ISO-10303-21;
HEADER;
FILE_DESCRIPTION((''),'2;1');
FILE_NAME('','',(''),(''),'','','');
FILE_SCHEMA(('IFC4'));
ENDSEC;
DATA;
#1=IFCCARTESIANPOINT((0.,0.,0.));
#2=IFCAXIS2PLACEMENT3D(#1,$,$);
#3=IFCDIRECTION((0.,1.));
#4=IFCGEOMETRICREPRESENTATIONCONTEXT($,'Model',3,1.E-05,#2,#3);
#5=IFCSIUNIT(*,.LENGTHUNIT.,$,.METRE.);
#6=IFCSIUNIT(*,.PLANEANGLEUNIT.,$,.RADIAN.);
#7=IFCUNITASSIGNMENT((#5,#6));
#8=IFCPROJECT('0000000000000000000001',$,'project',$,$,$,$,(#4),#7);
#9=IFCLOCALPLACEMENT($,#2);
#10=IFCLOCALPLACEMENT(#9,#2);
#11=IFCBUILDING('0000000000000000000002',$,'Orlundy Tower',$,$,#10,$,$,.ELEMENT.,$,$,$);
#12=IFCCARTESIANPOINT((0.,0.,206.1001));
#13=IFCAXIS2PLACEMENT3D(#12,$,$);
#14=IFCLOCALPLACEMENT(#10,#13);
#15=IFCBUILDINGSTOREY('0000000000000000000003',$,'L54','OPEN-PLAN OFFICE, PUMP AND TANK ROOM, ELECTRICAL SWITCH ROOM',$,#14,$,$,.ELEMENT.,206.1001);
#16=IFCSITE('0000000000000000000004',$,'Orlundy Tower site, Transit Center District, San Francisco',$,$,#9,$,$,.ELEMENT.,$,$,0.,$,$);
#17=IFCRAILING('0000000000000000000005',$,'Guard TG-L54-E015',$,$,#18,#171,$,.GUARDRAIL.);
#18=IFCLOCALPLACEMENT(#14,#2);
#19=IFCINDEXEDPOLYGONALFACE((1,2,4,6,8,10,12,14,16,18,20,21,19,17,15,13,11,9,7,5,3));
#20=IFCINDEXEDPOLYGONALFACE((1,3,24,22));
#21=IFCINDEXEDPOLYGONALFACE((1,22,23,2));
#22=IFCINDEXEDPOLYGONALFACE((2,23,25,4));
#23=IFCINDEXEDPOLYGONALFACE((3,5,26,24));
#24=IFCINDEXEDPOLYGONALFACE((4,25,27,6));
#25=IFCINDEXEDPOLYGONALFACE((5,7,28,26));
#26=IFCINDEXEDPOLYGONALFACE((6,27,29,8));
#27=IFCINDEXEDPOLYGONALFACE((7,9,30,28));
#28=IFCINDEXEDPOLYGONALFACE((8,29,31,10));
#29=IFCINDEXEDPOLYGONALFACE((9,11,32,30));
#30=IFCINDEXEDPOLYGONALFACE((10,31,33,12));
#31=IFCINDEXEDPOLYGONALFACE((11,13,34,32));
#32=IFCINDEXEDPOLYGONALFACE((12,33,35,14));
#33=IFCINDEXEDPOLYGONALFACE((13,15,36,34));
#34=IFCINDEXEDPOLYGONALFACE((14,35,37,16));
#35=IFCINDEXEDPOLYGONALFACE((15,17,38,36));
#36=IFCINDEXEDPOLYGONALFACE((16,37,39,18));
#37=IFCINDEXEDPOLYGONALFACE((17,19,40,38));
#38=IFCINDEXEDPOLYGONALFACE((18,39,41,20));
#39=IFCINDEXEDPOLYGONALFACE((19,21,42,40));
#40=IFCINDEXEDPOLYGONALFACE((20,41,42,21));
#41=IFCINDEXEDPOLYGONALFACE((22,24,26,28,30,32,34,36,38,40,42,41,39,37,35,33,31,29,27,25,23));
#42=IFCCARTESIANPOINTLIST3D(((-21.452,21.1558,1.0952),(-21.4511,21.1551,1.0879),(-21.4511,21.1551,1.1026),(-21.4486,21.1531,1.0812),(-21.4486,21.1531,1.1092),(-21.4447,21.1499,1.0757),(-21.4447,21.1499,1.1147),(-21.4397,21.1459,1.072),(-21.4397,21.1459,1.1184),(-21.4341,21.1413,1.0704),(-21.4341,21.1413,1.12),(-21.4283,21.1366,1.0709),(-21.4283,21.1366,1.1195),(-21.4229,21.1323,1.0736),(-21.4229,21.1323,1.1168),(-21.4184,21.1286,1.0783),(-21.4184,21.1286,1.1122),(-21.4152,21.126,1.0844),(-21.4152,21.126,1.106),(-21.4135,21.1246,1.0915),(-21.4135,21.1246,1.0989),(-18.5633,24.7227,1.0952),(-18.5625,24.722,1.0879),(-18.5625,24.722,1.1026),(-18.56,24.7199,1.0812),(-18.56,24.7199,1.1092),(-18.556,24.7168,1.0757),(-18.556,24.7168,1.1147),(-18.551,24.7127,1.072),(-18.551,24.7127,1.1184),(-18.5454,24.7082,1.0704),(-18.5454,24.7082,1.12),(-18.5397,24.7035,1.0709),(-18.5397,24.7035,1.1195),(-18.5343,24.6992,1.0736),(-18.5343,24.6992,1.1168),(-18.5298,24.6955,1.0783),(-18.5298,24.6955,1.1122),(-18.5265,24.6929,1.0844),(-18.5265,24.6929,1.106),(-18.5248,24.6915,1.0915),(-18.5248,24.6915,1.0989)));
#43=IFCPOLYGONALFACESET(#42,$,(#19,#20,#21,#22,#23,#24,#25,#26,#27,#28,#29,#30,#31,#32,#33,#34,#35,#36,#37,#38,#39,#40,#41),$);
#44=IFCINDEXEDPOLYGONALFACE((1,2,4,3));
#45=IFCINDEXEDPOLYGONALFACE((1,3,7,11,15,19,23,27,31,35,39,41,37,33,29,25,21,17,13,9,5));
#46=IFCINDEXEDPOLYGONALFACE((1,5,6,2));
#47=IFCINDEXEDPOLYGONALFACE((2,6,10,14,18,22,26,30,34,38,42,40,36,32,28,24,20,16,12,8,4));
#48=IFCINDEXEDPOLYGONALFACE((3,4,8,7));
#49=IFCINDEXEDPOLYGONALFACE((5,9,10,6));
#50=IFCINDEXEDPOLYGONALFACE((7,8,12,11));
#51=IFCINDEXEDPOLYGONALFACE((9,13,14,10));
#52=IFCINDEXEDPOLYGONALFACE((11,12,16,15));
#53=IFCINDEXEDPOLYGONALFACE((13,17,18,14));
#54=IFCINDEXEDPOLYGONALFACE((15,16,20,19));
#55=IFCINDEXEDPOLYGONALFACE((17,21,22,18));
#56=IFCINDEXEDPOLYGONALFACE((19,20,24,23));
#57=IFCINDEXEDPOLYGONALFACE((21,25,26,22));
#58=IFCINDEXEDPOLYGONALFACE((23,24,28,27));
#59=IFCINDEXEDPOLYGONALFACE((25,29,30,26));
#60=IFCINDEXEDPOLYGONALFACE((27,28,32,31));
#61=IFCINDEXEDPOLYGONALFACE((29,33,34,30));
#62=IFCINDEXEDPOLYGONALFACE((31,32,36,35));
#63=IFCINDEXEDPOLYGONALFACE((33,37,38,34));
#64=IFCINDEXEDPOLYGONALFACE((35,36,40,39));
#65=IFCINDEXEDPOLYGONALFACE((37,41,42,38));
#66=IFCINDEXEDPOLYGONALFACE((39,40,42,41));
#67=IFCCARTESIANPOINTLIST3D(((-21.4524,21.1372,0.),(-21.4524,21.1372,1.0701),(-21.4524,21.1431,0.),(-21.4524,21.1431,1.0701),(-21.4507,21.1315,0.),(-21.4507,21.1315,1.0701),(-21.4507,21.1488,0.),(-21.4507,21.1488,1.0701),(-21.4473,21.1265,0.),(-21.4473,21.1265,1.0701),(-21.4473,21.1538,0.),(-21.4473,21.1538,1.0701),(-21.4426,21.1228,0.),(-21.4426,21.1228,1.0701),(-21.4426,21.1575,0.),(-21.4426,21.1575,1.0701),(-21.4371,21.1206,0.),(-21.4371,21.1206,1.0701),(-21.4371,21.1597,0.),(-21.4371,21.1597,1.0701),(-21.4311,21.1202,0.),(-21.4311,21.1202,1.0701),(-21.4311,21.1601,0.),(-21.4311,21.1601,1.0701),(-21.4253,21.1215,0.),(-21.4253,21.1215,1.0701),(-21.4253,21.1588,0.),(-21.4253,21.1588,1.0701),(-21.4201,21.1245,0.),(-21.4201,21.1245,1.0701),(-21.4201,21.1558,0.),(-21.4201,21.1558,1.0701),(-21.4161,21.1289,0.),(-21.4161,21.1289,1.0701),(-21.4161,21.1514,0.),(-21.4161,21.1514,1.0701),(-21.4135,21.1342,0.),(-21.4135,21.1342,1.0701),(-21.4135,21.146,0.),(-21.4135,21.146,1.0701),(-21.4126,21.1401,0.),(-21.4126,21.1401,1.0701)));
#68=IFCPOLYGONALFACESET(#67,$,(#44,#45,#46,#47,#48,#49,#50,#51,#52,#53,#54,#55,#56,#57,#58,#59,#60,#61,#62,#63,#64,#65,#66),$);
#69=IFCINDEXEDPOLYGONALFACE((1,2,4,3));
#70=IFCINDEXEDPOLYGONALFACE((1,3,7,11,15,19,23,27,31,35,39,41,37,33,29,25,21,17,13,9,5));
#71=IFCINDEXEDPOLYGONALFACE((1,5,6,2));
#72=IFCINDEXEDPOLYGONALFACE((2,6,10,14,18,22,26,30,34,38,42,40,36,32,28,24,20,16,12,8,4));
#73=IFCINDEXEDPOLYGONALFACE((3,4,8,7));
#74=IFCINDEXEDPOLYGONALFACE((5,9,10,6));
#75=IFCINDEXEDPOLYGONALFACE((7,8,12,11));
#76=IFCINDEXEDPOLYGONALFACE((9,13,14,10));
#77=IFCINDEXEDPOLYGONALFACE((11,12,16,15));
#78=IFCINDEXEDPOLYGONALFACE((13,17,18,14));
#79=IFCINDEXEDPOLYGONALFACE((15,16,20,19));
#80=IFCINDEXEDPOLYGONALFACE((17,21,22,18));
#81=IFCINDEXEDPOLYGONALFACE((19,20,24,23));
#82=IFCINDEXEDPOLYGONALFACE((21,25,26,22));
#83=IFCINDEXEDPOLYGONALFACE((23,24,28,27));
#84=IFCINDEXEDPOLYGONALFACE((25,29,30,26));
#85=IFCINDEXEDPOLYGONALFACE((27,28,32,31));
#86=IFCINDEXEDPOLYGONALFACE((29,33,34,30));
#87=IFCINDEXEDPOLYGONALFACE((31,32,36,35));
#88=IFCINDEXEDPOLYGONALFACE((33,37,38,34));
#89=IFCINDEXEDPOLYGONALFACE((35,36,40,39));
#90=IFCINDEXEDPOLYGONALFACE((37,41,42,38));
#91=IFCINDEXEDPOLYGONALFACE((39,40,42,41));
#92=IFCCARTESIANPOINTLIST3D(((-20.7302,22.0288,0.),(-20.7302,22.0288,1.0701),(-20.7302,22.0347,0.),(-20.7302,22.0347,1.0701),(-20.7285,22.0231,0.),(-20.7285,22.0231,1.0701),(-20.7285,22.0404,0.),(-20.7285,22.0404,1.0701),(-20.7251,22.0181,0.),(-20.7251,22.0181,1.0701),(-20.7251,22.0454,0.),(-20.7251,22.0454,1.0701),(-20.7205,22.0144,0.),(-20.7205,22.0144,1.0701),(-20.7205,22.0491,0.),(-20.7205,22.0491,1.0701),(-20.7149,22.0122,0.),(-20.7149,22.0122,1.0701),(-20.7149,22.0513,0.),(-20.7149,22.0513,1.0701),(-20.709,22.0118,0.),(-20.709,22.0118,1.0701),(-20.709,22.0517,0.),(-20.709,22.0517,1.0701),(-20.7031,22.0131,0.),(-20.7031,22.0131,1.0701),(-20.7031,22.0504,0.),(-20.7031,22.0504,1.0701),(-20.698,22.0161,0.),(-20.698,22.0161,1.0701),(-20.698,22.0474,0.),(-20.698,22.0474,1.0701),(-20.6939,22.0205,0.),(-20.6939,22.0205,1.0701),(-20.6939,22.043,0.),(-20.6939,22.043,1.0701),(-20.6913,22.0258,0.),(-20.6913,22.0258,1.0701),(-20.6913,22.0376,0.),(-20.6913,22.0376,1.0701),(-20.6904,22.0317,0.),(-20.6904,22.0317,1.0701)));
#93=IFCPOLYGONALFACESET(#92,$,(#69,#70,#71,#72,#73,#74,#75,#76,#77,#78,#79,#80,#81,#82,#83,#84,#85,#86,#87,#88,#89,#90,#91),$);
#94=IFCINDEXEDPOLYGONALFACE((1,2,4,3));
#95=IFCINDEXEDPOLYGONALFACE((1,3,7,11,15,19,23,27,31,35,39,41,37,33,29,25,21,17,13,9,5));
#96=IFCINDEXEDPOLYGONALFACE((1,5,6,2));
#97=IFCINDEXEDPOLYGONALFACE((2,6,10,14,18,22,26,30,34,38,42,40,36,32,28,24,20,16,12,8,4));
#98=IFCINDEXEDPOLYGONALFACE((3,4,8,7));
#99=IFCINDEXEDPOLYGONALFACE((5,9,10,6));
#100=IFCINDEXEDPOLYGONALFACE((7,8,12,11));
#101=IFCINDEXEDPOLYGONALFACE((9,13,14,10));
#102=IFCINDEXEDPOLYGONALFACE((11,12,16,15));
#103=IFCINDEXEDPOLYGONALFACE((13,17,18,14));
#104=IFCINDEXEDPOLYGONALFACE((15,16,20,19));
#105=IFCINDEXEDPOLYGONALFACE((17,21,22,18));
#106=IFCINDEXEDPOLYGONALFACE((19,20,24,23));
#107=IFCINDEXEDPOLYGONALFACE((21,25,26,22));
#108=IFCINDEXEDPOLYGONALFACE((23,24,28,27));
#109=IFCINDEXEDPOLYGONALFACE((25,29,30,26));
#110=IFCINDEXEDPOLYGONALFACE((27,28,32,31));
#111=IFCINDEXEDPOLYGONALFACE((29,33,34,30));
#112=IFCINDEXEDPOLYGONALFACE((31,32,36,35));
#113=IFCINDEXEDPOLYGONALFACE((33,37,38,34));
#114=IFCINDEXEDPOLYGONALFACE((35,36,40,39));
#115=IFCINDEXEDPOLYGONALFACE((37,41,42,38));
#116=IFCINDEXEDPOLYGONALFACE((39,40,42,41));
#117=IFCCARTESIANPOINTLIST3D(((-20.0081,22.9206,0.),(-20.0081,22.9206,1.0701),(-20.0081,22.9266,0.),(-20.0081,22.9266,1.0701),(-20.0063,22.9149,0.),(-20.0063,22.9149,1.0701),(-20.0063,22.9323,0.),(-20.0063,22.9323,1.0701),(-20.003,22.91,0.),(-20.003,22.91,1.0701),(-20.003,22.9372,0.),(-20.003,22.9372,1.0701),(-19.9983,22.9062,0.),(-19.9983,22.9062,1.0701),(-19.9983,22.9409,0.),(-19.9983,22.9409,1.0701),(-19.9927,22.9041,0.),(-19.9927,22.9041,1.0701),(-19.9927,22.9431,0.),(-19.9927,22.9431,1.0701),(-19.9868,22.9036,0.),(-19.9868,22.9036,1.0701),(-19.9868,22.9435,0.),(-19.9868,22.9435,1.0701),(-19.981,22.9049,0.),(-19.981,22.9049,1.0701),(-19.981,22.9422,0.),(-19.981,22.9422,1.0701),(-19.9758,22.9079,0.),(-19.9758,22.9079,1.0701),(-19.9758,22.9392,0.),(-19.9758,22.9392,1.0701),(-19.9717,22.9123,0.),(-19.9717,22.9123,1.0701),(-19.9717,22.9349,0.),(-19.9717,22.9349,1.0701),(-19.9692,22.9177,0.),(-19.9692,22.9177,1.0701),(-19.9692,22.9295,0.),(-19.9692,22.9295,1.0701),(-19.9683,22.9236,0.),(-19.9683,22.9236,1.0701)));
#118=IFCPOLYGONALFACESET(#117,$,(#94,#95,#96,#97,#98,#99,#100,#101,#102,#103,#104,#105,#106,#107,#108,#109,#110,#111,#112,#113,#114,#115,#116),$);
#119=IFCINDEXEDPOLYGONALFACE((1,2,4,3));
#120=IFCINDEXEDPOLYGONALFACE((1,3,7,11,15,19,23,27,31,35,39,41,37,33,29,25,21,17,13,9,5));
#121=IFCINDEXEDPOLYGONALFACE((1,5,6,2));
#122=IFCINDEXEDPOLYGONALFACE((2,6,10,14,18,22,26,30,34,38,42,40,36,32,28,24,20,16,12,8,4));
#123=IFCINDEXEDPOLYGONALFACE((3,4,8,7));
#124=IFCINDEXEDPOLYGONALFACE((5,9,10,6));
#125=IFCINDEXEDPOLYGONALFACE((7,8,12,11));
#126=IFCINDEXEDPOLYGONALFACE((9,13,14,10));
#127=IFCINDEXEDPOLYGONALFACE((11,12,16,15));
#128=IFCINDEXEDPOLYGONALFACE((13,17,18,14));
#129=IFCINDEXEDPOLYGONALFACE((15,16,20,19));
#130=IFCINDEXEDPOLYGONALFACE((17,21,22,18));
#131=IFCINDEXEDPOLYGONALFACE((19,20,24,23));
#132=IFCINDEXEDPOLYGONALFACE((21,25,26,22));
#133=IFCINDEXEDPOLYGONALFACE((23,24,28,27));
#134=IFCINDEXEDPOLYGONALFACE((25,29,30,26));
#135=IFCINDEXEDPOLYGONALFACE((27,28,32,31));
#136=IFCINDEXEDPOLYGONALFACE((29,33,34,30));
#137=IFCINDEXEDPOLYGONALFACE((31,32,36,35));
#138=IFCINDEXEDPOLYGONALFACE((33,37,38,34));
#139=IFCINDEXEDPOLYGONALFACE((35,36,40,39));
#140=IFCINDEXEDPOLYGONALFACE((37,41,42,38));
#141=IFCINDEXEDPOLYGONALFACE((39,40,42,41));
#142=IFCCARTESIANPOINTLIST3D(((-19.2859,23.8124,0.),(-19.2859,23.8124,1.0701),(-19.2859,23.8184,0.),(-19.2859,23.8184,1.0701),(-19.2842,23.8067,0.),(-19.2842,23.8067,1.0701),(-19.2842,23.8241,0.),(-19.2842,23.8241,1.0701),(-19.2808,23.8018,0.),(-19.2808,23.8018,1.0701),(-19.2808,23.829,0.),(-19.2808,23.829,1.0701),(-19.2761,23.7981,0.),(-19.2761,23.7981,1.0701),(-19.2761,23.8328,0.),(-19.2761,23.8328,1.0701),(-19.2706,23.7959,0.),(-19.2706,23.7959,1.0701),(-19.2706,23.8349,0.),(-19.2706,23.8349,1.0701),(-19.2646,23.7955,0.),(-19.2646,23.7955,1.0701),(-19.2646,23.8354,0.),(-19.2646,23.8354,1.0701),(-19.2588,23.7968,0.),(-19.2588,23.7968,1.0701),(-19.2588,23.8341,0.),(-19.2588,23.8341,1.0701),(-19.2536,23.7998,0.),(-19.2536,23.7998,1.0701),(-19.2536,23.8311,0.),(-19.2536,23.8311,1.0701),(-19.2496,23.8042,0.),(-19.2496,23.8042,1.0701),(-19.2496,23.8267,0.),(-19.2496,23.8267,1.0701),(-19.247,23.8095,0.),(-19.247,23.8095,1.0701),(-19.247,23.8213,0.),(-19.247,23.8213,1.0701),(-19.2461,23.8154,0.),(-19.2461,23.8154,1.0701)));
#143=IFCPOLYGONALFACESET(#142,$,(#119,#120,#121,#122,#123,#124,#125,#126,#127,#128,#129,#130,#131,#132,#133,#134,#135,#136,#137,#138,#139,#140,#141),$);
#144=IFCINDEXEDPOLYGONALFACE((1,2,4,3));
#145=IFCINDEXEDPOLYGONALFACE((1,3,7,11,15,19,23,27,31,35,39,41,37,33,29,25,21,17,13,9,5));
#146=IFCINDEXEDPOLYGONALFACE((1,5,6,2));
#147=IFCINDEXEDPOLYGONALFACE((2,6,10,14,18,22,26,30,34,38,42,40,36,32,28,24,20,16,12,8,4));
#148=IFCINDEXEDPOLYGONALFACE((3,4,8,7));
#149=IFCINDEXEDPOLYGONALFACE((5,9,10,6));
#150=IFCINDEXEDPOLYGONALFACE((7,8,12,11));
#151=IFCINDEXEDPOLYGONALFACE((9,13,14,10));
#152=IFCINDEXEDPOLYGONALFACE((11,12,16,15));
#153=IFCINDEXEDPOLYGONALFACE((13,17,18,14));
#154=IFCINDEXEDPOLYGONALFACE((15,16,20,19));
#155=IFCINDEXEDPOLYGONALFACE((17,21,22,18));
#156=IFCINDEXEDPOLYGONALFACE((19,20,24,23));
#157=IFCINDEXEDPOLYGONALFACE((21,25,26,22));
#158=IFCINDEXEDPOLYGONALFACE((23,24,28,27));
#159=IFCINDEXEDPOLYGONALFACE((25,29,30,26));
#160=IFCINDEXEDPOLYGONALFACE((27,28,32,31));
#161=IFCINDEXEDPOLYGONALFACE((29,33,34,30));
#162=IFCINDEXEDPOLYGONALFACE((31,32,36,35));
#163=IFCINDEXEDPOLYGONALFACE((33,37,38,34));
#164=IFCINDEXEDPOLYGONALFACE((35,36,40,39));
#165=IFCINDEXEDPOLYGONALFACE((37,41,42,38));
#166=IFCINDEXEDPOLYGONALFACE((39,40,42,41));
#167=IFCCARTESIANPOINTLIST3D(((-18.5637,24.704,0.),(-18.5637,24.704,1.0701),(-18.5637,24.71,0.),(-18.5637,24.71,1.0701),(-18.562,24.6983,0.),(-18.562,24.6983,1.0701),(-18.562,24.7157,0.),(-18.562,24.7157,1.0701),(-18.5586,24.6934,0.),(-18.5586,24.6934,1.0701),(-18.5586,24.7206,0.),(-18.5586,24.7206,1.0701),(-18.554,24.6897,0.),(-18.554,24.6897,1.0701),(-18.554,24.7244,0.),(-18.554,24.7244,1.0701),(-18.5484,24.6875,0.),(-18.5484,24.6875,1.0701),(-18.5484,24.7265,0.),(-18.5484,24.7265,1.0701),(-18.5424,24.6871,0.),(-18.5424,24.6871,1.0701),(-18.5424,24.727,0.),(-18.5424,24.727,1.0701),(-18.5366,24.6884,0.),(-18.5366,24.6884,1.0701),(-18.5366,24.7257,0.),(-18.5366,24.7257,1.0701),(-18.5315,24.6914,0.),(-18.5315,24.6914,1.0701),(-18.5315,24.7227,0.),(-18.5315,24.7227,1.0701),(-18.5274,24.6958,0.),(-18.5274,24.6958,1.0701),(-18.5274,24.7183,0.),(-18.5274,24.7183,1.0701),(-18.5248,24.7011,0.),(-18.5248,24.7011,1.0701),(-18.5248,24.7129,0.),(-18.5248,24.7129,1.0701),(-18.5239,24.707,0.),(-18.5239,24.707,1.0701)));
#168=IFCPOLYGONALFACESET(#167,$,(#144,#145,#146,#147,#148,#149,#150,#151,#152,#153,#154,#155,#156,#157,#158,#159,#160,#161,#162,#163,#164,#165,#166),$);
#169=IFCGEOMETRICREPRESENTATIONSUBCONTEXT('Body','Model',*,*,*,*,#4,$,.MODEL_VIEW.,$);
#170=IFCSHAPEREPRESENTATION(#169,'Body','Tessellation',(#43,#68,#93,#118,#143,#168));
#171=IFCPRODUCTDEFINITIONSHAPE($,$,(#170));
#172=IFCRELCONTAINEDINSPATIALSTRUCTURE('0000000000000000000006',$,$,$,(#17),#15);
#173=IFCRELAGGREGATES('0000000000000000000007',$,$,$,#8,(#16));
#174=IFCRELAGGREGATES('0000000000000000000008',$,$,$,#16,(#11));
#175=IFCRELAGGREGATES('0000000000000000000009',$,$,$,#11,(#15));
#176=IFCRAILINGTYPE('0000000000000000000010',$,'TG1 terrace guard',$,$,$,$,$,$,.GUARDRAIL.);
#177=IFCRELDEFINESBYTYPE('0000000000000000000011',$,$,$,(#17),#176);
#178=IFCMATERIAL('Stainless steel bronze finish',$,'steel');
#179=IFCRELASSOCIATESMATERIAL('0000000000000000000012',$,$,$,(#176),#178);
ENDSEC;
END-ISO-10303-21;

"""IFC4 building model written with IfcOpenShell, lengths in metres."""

from ifc_helpers import new_model, si_unit, direction, frame, origin, origin_2d, place, context, subcontext, project, spatial, circle, extrude, material, type_object, element, save


model = new_model("IFC4")

# Units and contexts
model_context = context("Model", 3, precision=1e-05, world=origin(), true_north=direction((0.0, 1.0)))
body_context = subcontext(model_context, "Body", "Model", "MODEL_VIEW")
ifc_project = project(units=[si_unit("LENGTHUNIT", "METRE"), si_unit("PLANEANGLEUNIT", "RADIAN")], contexts=[model_context])

# Site, building, storey
site_placement = place(None, origin())
site = spatial("IfcSite", under=ifc_project, at=site_placement, Name="Orlundy Tower site, Transit Center District, San Francisco", CompositionType="ELEMENT", RefElevation=0.0)
building_placement = place(site_placement, origin())
building = spatial("IfcBuilding", under=site, at=building_placement, Name="Orlundy Tower", CompositionType="ELEMENT")
storey_placement = place(building_placement, frame((0.0, 0.0, 206.1001)))
storey = spatial("IfcBuildingStorey", under=building, at=storey_placement, Name="L54", Description="OPEN-PLAN OFFICE, PUMP AND TANK ROOM, ELECTRICAL SWITCH ROOM", CompositionType="ELEMENT", Elevation=206.1001)

# Railing
ifc_material_1 = material(Name="Stainless steel bronze finish", Category="steel")
railing_type_1 = type_object("IfcRailingType", Name="TG1 terrace guard", PredefinedType="GUARDRAIL", material=ifc_material_1)
railing_1_placement = place(storey_placement, frame((-21.4326, 21.1401, 0.0)))
element("IfcRailing", 1, at=railing_1_placement, inside=storey, type_object=railing_type_1, Name="Guard TG-L54-E015", PredefinedType="GUARDRAIL", context=body_context, shape_type="SweptSolid", body=[
    extrude(circle(Radius=0.0249, at=origin_2d()), frame((0.0, 0.0, 1.0952), z_axis=(0.629354, 0.777119, 0.0), x_axis=(-0.777119, 0.629354, 0.0)), (0.0, 0.0, 1.0), 4.5898),
    extrude(circle(Radius=0.02, at=origin_2d()), origin(), (0.0, 0.0, 1.0), 1.0701),
    extrude(circle(Radius=0.02, at=origin_2d()), frame((0.7222, 0.8916, 0.0)), (0.0, 0.0, 1.0), 1.0701),
    extrude(circle(Radius=0.02, at=origin_2d()), frame((1.4443, 1.7834, 0.0)), (0.0, 0.0, 1.0), 1.0701),
    extrude(circle(Radius=0.02, at=origin_2d()), frame((2.1665, 2.6753, 0.0)), (0.0, 0.0, 1.0), 1.0701),
    extrude(circle(Radius=0.02, at=origin_2d()), frame((2.8887, 3.5669, 0.0)), (0.0, 0.0, 1.0), 1.0701),
])

save(model, "model.ifc")
